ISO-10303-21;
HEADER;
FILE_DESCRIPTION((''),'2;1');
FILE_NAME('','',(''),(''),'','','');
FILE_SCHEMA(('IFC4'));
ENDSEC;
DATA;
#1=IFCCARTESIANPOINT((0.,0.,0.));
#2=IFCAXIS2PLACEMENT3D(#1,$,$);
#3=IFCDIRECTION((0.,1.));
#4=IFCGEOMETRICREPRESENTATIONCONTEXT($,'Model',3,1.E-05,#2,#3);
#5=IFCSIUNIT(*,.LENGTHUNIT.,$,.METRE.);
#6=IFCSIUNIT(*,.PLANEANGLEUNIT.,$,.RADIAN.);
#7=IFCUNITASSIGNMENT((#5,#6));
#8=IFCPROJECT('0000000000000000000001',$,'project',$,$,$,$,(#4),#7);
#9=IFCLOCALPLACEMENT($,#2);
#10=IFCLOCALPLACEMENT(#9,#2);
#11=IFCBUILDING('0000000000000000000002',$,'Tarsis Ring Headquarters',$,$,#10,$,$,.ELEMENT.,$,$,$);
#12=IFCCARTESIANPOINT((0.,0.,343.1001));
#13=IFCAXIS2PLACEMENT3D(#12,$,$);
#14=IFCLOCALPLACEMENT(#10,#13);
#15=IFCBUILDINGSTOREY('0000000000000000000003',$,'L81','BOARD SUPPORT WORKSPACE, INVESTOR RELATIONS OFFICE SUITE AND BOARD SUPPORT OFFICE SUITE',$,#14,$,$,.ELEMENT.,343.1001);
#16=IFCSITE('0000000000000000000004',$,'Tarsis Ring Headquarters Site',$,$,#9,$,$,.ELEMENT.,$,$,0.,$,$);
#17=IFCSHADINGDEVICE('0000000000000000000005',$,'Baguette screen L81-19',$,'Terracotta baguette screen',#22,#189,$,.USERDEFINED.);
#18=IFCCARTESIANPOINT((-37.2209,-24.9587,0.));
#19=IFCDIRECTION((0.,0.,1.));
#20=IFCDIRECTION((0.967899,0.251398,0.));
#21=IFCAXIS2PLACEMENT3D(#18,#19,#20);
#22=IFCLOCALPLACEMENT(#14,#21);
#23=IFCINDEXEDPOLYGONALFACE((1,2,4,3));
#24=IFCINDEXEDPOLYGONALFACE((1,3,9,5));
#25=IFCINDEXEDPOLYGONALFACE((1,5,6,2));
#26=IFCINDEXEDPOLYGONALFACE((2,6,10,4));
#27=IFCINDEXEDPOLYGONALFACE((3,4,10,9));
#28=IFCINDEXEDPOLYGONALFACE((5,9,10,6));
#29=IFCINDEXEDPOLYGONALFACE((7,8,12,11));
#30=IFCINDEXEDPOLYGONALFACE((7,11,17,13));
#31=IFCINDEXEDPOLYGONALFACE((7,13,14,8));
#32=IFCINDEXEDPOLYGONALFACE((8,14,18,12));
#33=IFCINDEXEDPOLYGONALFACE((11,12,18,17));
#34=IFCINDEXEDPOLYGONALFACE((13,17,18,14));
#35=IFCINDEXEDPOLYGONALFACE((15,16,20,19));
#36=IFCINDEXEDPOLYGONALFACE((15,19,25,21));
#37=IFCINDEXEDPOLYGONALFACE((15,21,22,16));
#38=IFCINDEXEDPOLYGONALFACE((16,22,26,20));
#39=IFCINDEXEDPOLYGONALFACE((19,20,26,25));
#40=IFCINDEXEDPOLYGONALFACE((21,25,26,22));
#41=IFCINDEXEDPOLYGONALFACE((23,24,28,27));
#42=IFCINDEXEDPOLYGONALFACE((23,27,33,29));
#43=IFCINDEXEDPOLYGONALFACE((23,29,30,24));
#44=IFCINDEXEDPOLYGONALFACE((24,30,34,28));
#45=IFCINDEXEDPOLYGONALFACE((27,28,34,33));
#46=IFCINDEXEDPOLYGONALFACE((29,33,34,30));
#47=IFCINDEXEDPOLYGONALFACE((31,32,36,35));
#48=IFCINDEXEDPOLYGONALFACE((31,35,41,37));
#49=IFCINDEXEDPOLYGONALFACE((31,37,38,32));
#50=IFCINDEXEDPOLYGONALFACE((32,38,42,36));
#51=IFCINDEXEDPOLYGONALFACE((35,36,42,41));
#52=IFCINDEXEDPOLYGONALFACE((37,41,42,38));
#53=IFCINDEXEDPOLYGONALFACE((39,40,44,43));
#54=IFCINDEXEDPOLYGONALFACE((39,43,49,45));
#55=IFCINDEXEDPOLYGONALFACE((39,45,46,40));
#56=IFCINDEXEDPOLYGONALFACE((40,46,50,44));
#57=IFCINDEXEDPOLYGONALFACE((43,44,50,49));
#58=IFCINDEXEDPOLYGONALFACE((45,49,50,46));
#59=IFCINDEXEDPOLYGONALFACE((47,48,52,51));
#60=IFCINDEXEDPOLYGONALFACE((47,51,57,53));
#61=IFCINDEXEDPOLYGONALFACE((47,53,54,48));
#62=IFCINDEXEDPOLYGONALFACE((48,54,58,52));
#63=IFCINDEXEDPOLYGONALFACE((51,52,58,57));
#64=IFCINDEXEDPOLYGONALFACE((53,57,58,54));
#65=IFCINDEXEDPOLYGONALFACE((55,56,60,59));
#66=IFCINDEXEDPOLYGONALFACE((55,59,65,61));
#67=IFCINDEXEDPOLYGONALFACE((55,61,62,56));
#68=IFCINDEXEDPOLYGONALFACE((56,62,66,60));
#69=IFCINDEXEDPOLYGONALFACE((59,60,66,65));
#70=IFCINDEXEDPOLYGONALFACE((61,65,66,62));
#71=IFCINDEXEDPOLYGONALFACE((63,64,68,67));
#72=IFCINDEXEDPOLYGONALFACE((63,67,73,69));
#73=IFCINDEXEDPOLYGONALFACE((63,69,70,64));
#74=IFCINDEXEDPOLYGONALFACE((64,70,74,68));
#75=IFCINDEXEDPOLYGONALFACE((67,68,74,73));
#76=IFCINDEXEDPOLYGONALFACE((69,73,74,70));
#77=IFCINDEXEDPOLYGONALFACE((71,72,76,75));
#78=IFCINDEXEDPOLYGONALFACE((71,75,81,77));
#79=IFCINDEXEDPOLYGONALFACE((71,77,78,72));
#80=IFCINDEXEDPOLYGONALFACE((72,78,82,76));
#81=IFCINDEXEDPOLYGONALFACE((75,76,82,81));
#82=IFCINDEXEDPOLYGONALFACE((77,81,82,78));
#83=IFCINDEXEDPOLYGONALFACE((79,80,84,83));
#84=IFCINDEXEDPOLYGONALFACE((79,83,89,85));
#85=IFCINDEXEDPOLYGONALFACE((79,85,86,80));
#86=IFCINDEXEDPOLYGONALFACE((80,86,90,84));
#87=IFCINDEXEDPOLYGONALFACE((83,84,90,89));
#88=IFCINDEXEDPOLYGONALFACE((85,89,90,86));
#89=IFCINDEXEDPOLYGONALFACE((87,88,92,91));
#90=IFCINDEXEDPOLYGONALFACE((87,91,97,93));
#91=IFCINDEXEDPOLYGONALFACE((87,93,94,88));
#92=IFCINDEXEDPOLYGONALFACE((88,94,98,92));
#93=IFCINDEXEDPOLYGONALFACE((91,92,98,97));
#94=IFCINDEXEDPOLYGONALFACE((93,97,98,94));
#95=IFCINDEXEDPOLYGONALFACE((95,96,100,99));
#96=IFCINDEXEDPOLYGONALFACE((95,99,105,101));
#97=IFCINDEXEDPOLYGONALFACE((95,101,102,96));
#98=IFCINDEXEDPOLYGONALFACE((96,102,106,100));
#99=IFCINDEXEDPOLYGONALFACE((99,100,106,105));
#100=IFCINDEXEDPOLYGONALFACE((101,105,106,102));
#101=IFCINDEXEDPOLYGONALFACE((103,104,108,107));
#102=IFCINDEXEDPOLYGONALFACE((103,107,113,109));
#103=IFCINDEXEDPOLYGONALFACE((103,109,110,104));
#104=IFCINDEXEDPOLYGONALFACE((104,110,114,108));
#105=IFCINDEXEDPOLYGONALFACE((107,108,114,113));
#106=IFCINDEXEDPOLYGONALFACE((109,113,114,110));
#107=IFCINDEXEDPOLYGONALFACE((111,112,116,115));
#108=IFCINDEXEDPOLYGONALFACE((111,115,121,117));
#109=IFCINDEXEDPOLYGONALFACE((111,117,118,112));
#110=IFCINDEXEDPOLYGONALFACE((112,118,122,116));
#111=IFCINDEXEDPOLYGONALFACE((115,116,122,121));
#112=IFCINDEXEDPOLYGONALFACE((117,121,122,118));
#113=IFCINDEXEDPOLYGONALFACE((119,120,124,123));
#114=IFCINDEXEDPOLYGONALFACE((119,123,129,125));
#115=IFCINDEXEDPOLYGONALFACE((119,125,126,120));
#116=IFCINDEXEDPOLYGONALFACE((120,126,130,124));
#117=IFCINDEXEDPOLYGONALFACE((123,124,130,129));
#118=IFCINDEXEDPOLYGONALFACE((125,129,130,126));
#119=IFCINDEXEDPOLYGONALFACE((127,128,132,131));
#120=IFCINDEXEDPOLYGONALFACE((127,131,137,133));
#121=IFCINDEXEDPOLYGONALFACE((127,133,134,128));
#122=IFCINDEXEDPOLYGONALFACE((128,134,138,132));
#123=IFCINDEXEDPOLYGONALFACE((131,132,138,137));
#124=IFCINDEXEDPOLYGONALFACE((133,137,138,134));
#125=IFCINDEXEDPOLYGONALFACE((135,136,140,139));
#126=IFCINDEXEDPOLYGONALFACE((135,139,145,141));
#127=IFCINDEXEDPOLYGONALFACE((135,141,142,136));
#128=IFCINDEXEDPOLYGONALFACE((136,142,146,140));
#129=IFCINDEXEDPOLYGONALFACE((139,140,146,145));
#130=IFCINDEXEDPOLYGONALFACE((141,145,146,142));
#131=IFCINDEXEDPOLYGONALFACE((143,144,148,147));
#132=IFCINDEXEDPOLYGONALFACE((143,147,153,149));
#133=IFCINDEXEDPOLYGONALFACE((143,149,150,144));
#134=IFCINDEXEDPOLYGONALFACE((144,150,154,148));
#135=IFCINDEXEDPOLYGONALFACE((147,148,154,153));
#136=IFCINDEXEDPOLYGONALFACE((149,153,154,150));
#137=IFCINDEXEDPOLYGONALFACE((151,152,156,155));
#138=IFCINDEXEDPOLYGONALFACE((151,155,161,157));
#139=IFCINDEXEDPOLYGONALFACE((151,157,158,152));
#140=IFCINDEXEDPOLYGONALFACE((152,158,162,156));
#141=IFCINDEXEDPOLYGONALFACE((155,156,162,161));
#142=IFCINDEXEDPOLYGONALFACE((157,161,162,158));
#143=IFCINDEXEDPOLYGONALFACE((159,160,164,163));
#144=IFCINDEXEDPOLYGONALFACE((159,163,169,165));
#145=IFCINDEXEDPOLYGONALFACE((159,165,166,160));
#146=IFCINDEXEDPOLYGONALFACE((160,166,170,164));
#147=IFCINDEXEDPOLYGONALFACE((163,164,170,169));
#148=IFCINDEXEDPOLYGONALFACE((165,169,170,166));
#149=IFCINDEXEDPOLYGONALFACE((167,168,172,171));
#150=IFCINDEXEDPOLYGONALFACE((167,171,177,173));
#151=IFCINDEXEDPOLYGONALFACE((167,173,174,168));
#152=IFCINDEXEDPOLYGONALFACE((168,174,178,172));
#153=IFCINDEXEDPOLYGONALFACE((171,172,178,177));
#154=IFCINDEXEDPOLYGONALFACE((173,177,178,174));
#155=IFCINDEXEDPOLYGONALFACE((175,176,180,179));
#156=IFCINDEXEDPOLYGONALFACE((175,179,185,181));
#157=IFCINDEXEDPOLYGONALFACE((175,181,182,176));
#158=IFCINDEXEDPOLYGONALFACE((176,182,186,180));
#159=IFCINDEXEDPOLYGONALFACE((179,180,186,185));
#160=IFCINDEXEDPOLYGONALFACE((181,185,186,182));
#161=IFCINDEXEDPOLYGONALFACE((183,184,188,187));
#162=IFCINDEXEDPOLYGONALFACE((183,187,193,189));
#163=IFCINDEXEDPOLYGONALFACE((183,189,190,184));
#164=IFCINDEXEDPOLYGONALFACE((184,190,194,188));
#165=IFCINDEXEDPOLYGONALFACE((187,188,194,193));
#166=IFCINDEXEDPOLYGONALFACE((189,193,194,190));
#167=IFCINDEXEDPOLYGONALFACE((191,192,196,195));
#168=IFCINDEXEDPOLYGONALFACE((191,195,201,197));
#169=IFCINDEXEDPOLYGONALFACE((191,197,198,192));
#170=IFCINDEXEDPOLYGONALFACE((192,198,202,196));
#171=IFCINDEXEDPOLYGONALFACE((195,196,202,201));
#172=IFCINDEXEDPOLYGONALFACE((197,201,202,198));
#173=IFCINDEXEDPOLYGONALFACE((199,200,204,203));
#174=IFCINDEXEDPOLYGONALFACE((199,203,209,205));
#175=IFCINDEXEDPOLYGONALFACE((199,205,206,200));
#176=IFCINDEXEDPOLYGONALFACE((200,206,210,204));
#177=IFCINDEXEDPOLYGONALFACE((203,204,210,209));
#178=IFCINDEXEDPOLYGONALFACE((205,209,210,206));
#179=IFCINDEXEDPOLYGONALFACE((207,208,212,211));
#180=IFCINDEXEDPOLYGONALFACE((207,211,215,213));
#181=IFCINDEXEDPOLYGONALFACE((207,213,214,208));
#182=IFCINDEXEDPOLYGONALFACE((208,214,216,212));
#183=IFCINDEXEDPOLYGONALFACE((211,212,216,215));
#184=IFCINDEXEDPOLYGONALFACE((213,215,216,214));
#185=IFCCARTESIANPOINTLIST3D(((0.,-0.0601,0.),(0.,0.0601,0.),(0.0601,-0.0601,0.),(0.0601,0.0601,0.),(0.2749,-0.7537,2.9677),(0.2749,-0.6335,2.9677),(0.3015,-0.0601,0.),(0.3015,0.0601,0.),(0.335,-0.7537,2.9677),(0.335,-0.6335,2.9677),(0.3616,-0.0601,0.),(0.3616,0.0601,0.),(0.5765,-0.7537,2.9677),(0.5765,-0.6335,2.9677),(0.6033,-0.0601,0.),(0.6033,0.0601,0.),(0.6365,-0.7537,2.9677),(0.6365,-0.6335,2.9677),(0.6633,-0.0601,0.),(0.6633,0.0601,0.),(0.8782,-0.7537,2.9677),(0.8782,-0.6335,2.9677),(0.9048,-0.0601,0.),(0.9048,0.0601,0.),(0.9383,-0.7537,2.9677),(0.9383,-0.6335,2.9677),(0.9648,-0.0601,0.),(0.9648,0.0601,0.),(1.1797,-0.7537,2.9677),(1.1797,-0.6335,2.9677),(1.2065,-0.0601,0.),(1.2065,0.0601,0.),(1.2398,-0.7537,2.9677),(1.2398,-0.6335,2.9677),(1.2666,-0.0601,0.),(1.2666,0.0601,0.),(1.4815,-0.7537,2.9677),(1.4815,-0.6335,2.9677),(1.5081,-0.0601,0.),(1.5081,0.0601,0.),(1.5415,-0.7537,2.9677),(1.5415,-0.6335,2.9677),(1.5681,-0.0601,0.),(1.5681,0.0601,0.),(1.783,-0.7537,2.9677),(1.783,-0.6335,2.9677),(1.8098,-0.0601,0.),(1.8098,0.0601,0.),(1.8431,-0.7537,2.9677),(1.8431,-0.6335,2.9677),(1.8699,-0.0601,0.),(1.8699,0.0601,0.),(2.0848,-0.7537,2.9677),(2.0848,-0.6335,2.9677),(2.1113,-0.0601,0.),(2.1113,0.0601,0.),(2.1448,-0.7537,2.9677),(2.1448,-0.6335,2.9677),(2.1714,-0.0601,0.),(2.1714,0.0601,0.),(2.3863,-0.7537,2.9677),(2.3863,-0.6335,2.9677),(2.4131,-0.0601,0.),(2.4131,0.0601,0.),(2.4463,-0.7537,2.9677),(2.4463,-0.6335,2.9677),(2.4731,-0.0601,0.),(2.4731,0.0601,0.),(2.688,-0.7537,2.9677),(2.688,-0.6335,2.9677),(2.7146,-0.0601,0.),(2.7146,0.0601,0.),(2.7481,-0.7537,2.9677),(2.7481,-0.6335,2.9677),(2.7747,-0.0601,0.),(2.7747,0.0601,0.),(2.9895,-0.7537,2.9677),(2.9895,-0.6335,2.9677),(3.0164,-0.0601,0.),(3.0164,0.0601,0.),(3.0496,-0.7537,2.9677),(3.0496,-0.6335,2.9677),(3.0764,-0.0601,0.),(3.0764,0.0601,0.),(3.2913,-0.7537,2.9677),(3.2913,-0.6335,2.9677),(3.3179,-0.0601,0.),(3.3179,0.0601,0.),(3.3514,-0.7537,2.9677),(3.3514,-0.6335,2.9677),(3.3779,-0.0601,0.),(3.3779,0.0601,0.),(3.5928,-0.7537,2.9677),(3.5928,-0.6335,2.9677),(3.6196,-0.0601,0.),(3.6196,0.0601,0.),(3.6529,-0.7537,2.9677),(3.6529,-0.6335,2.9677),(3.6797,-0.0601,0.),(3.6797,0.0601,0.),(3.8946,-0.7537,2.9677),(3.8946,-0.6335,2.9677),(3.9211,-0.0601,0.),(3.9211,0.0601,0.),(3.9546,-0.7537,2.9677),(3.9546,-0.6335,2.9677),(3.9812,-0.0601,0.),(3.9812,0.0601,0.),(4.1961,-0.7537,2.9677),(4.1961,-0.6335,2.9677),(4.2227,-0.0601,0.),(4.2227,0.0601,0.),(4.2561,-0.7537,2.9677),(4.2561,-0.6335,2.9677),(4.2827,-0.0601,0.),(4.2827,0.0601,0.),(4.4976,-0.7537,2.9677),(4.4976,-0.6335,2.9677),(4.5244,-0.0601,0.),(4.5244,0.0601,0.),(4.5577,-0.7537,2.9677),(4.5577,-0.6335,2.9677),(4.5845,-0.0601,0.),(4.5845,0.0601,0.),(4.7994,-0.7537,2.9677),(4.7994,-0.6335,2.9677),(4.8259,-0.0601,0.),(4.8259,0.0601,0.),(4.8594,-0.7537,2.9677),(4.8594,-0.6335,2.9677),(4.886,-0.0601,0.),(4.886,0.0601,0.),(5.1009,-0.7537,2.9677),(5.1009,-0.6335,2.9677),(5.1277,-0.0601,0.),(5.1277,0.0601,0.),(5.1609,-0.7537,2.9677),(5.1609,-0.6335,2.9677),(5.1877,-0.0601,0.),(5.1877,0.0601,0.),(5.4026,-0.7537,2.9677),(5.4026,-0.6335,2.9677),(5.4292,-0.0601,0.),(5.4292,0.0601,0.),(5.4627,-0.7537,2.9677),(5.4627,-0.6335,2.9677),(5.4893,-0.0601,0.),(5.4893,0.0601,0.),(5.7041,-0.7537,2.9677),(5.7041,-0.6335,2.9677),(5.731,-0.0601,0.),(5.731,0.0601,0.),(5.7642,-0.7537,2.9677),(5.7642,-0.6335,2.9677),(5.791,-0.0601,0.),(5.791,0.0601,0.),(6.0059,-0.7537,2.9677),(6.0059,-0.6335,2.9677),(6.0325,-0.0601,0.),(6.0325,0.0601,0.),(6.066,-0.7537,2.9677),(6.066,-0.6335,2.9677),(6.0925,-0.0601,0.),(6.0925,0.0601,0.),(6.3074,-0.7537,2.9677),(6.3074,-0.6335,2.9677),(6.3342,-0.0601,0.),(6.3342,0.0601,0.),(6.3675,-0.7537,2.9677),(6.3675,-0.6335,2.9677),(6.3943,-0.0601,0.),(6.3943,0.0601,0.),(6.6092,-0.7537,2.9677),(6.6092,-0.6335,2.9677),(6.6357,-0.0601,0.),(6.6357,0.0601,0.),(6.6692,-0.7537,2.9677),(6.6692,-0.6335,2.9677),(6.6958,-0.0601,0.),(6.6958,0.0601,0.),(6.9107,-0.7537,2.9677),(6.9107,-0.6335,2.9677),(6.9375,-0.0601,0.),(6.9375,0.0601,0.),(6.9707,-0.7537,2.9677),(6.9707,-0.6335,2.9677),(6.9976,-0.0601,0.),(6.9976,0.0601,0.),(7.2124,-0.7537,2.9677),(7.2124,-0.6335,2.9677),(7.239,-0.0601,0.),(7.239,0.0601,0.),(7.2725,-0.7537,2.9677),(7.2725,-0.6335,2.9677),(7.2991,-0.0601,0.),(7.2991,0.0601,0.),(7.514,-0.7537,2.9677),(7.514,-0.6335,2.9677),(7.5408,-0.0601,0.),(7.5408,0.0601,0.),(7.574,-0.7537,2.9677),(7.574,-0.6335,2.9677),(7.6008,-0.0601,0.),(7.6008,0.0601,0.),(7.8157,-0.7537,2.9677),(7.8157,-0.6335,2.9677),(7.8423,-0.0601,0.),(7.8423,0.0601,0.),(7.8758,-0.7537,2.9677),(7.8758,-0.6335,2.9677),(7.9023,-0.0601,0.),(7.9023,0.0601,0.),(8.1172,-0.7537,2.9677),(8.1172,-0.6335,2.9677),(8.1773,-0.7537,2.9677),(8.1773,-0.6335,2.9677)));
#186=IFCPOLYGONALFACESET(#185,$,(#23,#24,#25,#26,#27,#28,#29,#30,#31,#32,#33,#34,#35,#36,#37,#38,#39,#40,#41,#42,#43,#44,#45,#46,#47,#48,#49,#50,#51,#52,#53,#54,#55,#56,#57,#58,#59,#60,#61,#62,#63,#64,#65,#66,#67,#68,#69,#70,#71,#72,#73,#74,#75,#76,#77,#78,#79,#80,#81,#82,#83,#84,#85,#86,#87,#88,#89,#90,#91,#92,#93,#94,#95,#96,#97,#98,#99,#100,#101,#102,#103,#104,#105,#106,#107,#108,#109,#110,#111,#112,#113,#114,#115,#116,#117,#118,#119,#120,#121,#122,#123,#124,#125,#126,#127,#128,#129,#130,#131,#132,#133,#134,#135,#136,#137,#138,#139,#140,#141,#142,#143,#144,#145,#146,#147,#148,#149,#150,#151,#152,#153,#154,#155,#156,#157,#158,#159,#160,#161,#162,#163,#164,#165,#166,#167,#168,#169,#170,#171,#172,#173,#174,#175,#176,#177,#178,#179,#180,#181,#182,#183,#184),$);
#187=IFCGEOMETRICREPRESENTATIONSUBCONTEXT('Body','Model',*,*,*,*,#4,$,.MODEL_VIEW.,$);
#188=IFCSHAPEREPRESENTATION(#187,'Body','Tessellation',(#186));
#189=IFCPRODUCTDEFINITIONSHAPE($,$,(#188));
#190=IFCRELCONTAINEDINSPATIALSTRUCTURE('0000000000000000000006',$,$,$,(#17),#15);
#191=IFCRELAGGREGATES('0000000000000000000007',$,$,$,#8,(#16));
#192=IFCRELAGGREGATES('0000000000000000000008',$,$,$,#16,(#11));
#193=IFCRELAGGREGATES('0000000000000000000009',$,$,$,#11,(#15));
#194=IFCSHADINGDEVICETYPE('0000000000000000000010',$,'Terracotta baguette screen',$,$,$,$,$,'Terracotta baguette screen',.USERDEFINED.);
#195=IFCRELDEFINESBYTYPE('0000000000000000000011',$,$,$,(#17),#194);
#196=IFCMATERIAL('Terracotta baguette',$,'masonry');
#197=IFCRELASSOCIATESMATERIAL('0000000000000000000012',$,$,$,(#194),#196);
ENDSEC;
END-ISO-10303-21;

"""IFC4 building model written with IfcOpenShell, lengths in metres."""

from ifc_helpers import new_model, si_unit, direction, frame, frame_2d, origin, place, context, subcontext, project, spatial, rectangle, composite_profile, extrude, material, type_object, element, save


model = new_model("IFC4")

# Units and contexts
model_context = context("Model", 3, precision=1e-05, world=origin(), true_north=direction((0.0, 1.0)))
body_context = subcontext(model_context, "Body", "Model", "MODEL_VIEW")
ifc_project = project(units=[si_unit("LENGTHUNIT", "METRE"), si_unit("PLANEANGLEUNIT", "RADIAN")], contexts=[model_context])

# Site, building, storey
site_placement = place(None, origin())
site = spatial("IfcSite", under=ifc_project, at=site_placement, Name="Tarsis Ring Headquarters Site", CompositionType="ELEMENT", RefElevation=0.0)
building_placement = place(site_placement, origin())
building = spatial("IfcBuilding", under=site, at=building_placement, Name="Tarsis Ring Headquarters", CompositionType="ELEMENT")
storey_placement = place(building_placement, frame((0.0, 0.0, 343.1001)))
storey = spatial("IfcBuildingStorey", under=building, at=storey_placement, Name="L81", Description="BOARD SUPPORT WORKSPACE, INVESTOR RELATIONS OFFICE SUITE AND BOARD SUPPORT OFFICE SUITE", CompositionType="ELEMENT", Elevation=343.1001)

# Shading device
ifc_material_1 = material(Name="Terracotta baguette", Category="masonry")
shading_device_type_1 = type_object("IfcShadingDeviceType", Name="Terracotta baguette screen", ElementType="Terracotta baguette screen", PredefinedType="USERDEFINED", material=ifc_material_1)
shading_device_1_placement = place(storey_placement, frame((-37.2209, -24.9587, 0.0), z_axis=(0.0, 0.0, 1.0), x_axis=(0.967899, 0.251398, 0.0)))
element("IfcShadingDevice", 1, at=shading_device_1_placement, inside=storey, type_object=shading_device_type_1, Name="Baguette screen L81-19", ObjectType="Terracotta baguette screen", PredefinedType="USERDEFINED", context=body_context, shape_type="SweptSolid", body=[
    extrude(composite_profile([rectangle(XDim=0.0601, YDim=0.1201, at=frame_2d((0.03, 0.0))), rectangle(XDim=0.0601, YDim=0.1201, at=frame_2d((0.3315, 0.0))), rectangle(XDim=0.0601, YDim=0.1201, at=frame_2d((0.6333, 0.0))), rectangle(XDim=0.0601, YDim=0.1201, at=frame_2d((0.9348, 0.0))), rectangle(XDim=0.0601, YDim=0.1201, at=frame_2d((1.2366, 0.0))), rectangle(XDim=0.0601, YDim=0.1201, at=frame_2d((1.5381, 0.0))), rectangle(XDim=0.0601, YDim=0.1201, at=frame_2d((1.8398, 0.0))), rectangle(XDim=0.0601, YDim=0.1201, at=frame_2d((2.1414, 0.0))), rectangle(XDim=0.0601, YDim=0.1201, at=frame_2d((2.4431, 0.0))), rectangle(XDim=0.0601, YDim=0.1201, at=frame_2d((2.7446, 0.0))), rectangle(XDim=0.0601, YDim=0.1201, at=frame_2d((3.0464, 0.0))), rectangle(XDim=0.0601, YDim=0.1201, at=frame_2d((3.3479, 0.0))), rectangle(XDim=0.0601, YDim=0.1201, at=frame_2d((3.6497, 0.0))), rectangle(XDim=0.0601, YDim=0.1201, at=frame_2d((3.9512, 0.0))), rectangle(XDim=0.0601, YDim=0.1201, at=frame_2d((4.2527, 0.0))), rectangle(XDim=0.0601, YDim=0.1201, at=frame_2d((4.5544, 0.0))), rectangle(XDim=0.0601, YDim=0.1201, at=frame_2d((4.856, 0.0))), rectangle(XDim=0.0601, YDim=0.1201, at=frame_2d((5.1577, 0.0))), rectangle(XDim=0.0601, YDim=0.1201, at=frame_2d((5.4592, 0.0))), rectangle(XDim=0.0601, YDim=0.1201, at=frame_2d((5.761, 0.0))), rectangle(XDim=0.0601, YDim=0.1201, at=frame_2d((6.0625, 0.0))), rectangle(XDim=0.0601, YDim=0.1201, at=frame_2d((6.3643, 0.0))), rectangle(XDim=0.0601, YDim=0.1201, at=frame_2d((6.6658, 0.0))), rectangle(XDim=0.0601, YDim=0.1201, at=frame_2d((6.9675, 0.0))), rectangle(XDim=0.0601, YDim=0.1201, at=frame_2d((7.269, 0.0))), rectangle(XDim=0.0601, YDim=0.1201, at=frame_2d((7.5708, 0.0))), rectangle(XDim=0.0601, YDim=0.1201, at=frame_2d((7.8723, 0.0)))]), origin(), (0.089848, -0.226664, 0.96982), 3.0601),
])

save(model, "model.ifc")
